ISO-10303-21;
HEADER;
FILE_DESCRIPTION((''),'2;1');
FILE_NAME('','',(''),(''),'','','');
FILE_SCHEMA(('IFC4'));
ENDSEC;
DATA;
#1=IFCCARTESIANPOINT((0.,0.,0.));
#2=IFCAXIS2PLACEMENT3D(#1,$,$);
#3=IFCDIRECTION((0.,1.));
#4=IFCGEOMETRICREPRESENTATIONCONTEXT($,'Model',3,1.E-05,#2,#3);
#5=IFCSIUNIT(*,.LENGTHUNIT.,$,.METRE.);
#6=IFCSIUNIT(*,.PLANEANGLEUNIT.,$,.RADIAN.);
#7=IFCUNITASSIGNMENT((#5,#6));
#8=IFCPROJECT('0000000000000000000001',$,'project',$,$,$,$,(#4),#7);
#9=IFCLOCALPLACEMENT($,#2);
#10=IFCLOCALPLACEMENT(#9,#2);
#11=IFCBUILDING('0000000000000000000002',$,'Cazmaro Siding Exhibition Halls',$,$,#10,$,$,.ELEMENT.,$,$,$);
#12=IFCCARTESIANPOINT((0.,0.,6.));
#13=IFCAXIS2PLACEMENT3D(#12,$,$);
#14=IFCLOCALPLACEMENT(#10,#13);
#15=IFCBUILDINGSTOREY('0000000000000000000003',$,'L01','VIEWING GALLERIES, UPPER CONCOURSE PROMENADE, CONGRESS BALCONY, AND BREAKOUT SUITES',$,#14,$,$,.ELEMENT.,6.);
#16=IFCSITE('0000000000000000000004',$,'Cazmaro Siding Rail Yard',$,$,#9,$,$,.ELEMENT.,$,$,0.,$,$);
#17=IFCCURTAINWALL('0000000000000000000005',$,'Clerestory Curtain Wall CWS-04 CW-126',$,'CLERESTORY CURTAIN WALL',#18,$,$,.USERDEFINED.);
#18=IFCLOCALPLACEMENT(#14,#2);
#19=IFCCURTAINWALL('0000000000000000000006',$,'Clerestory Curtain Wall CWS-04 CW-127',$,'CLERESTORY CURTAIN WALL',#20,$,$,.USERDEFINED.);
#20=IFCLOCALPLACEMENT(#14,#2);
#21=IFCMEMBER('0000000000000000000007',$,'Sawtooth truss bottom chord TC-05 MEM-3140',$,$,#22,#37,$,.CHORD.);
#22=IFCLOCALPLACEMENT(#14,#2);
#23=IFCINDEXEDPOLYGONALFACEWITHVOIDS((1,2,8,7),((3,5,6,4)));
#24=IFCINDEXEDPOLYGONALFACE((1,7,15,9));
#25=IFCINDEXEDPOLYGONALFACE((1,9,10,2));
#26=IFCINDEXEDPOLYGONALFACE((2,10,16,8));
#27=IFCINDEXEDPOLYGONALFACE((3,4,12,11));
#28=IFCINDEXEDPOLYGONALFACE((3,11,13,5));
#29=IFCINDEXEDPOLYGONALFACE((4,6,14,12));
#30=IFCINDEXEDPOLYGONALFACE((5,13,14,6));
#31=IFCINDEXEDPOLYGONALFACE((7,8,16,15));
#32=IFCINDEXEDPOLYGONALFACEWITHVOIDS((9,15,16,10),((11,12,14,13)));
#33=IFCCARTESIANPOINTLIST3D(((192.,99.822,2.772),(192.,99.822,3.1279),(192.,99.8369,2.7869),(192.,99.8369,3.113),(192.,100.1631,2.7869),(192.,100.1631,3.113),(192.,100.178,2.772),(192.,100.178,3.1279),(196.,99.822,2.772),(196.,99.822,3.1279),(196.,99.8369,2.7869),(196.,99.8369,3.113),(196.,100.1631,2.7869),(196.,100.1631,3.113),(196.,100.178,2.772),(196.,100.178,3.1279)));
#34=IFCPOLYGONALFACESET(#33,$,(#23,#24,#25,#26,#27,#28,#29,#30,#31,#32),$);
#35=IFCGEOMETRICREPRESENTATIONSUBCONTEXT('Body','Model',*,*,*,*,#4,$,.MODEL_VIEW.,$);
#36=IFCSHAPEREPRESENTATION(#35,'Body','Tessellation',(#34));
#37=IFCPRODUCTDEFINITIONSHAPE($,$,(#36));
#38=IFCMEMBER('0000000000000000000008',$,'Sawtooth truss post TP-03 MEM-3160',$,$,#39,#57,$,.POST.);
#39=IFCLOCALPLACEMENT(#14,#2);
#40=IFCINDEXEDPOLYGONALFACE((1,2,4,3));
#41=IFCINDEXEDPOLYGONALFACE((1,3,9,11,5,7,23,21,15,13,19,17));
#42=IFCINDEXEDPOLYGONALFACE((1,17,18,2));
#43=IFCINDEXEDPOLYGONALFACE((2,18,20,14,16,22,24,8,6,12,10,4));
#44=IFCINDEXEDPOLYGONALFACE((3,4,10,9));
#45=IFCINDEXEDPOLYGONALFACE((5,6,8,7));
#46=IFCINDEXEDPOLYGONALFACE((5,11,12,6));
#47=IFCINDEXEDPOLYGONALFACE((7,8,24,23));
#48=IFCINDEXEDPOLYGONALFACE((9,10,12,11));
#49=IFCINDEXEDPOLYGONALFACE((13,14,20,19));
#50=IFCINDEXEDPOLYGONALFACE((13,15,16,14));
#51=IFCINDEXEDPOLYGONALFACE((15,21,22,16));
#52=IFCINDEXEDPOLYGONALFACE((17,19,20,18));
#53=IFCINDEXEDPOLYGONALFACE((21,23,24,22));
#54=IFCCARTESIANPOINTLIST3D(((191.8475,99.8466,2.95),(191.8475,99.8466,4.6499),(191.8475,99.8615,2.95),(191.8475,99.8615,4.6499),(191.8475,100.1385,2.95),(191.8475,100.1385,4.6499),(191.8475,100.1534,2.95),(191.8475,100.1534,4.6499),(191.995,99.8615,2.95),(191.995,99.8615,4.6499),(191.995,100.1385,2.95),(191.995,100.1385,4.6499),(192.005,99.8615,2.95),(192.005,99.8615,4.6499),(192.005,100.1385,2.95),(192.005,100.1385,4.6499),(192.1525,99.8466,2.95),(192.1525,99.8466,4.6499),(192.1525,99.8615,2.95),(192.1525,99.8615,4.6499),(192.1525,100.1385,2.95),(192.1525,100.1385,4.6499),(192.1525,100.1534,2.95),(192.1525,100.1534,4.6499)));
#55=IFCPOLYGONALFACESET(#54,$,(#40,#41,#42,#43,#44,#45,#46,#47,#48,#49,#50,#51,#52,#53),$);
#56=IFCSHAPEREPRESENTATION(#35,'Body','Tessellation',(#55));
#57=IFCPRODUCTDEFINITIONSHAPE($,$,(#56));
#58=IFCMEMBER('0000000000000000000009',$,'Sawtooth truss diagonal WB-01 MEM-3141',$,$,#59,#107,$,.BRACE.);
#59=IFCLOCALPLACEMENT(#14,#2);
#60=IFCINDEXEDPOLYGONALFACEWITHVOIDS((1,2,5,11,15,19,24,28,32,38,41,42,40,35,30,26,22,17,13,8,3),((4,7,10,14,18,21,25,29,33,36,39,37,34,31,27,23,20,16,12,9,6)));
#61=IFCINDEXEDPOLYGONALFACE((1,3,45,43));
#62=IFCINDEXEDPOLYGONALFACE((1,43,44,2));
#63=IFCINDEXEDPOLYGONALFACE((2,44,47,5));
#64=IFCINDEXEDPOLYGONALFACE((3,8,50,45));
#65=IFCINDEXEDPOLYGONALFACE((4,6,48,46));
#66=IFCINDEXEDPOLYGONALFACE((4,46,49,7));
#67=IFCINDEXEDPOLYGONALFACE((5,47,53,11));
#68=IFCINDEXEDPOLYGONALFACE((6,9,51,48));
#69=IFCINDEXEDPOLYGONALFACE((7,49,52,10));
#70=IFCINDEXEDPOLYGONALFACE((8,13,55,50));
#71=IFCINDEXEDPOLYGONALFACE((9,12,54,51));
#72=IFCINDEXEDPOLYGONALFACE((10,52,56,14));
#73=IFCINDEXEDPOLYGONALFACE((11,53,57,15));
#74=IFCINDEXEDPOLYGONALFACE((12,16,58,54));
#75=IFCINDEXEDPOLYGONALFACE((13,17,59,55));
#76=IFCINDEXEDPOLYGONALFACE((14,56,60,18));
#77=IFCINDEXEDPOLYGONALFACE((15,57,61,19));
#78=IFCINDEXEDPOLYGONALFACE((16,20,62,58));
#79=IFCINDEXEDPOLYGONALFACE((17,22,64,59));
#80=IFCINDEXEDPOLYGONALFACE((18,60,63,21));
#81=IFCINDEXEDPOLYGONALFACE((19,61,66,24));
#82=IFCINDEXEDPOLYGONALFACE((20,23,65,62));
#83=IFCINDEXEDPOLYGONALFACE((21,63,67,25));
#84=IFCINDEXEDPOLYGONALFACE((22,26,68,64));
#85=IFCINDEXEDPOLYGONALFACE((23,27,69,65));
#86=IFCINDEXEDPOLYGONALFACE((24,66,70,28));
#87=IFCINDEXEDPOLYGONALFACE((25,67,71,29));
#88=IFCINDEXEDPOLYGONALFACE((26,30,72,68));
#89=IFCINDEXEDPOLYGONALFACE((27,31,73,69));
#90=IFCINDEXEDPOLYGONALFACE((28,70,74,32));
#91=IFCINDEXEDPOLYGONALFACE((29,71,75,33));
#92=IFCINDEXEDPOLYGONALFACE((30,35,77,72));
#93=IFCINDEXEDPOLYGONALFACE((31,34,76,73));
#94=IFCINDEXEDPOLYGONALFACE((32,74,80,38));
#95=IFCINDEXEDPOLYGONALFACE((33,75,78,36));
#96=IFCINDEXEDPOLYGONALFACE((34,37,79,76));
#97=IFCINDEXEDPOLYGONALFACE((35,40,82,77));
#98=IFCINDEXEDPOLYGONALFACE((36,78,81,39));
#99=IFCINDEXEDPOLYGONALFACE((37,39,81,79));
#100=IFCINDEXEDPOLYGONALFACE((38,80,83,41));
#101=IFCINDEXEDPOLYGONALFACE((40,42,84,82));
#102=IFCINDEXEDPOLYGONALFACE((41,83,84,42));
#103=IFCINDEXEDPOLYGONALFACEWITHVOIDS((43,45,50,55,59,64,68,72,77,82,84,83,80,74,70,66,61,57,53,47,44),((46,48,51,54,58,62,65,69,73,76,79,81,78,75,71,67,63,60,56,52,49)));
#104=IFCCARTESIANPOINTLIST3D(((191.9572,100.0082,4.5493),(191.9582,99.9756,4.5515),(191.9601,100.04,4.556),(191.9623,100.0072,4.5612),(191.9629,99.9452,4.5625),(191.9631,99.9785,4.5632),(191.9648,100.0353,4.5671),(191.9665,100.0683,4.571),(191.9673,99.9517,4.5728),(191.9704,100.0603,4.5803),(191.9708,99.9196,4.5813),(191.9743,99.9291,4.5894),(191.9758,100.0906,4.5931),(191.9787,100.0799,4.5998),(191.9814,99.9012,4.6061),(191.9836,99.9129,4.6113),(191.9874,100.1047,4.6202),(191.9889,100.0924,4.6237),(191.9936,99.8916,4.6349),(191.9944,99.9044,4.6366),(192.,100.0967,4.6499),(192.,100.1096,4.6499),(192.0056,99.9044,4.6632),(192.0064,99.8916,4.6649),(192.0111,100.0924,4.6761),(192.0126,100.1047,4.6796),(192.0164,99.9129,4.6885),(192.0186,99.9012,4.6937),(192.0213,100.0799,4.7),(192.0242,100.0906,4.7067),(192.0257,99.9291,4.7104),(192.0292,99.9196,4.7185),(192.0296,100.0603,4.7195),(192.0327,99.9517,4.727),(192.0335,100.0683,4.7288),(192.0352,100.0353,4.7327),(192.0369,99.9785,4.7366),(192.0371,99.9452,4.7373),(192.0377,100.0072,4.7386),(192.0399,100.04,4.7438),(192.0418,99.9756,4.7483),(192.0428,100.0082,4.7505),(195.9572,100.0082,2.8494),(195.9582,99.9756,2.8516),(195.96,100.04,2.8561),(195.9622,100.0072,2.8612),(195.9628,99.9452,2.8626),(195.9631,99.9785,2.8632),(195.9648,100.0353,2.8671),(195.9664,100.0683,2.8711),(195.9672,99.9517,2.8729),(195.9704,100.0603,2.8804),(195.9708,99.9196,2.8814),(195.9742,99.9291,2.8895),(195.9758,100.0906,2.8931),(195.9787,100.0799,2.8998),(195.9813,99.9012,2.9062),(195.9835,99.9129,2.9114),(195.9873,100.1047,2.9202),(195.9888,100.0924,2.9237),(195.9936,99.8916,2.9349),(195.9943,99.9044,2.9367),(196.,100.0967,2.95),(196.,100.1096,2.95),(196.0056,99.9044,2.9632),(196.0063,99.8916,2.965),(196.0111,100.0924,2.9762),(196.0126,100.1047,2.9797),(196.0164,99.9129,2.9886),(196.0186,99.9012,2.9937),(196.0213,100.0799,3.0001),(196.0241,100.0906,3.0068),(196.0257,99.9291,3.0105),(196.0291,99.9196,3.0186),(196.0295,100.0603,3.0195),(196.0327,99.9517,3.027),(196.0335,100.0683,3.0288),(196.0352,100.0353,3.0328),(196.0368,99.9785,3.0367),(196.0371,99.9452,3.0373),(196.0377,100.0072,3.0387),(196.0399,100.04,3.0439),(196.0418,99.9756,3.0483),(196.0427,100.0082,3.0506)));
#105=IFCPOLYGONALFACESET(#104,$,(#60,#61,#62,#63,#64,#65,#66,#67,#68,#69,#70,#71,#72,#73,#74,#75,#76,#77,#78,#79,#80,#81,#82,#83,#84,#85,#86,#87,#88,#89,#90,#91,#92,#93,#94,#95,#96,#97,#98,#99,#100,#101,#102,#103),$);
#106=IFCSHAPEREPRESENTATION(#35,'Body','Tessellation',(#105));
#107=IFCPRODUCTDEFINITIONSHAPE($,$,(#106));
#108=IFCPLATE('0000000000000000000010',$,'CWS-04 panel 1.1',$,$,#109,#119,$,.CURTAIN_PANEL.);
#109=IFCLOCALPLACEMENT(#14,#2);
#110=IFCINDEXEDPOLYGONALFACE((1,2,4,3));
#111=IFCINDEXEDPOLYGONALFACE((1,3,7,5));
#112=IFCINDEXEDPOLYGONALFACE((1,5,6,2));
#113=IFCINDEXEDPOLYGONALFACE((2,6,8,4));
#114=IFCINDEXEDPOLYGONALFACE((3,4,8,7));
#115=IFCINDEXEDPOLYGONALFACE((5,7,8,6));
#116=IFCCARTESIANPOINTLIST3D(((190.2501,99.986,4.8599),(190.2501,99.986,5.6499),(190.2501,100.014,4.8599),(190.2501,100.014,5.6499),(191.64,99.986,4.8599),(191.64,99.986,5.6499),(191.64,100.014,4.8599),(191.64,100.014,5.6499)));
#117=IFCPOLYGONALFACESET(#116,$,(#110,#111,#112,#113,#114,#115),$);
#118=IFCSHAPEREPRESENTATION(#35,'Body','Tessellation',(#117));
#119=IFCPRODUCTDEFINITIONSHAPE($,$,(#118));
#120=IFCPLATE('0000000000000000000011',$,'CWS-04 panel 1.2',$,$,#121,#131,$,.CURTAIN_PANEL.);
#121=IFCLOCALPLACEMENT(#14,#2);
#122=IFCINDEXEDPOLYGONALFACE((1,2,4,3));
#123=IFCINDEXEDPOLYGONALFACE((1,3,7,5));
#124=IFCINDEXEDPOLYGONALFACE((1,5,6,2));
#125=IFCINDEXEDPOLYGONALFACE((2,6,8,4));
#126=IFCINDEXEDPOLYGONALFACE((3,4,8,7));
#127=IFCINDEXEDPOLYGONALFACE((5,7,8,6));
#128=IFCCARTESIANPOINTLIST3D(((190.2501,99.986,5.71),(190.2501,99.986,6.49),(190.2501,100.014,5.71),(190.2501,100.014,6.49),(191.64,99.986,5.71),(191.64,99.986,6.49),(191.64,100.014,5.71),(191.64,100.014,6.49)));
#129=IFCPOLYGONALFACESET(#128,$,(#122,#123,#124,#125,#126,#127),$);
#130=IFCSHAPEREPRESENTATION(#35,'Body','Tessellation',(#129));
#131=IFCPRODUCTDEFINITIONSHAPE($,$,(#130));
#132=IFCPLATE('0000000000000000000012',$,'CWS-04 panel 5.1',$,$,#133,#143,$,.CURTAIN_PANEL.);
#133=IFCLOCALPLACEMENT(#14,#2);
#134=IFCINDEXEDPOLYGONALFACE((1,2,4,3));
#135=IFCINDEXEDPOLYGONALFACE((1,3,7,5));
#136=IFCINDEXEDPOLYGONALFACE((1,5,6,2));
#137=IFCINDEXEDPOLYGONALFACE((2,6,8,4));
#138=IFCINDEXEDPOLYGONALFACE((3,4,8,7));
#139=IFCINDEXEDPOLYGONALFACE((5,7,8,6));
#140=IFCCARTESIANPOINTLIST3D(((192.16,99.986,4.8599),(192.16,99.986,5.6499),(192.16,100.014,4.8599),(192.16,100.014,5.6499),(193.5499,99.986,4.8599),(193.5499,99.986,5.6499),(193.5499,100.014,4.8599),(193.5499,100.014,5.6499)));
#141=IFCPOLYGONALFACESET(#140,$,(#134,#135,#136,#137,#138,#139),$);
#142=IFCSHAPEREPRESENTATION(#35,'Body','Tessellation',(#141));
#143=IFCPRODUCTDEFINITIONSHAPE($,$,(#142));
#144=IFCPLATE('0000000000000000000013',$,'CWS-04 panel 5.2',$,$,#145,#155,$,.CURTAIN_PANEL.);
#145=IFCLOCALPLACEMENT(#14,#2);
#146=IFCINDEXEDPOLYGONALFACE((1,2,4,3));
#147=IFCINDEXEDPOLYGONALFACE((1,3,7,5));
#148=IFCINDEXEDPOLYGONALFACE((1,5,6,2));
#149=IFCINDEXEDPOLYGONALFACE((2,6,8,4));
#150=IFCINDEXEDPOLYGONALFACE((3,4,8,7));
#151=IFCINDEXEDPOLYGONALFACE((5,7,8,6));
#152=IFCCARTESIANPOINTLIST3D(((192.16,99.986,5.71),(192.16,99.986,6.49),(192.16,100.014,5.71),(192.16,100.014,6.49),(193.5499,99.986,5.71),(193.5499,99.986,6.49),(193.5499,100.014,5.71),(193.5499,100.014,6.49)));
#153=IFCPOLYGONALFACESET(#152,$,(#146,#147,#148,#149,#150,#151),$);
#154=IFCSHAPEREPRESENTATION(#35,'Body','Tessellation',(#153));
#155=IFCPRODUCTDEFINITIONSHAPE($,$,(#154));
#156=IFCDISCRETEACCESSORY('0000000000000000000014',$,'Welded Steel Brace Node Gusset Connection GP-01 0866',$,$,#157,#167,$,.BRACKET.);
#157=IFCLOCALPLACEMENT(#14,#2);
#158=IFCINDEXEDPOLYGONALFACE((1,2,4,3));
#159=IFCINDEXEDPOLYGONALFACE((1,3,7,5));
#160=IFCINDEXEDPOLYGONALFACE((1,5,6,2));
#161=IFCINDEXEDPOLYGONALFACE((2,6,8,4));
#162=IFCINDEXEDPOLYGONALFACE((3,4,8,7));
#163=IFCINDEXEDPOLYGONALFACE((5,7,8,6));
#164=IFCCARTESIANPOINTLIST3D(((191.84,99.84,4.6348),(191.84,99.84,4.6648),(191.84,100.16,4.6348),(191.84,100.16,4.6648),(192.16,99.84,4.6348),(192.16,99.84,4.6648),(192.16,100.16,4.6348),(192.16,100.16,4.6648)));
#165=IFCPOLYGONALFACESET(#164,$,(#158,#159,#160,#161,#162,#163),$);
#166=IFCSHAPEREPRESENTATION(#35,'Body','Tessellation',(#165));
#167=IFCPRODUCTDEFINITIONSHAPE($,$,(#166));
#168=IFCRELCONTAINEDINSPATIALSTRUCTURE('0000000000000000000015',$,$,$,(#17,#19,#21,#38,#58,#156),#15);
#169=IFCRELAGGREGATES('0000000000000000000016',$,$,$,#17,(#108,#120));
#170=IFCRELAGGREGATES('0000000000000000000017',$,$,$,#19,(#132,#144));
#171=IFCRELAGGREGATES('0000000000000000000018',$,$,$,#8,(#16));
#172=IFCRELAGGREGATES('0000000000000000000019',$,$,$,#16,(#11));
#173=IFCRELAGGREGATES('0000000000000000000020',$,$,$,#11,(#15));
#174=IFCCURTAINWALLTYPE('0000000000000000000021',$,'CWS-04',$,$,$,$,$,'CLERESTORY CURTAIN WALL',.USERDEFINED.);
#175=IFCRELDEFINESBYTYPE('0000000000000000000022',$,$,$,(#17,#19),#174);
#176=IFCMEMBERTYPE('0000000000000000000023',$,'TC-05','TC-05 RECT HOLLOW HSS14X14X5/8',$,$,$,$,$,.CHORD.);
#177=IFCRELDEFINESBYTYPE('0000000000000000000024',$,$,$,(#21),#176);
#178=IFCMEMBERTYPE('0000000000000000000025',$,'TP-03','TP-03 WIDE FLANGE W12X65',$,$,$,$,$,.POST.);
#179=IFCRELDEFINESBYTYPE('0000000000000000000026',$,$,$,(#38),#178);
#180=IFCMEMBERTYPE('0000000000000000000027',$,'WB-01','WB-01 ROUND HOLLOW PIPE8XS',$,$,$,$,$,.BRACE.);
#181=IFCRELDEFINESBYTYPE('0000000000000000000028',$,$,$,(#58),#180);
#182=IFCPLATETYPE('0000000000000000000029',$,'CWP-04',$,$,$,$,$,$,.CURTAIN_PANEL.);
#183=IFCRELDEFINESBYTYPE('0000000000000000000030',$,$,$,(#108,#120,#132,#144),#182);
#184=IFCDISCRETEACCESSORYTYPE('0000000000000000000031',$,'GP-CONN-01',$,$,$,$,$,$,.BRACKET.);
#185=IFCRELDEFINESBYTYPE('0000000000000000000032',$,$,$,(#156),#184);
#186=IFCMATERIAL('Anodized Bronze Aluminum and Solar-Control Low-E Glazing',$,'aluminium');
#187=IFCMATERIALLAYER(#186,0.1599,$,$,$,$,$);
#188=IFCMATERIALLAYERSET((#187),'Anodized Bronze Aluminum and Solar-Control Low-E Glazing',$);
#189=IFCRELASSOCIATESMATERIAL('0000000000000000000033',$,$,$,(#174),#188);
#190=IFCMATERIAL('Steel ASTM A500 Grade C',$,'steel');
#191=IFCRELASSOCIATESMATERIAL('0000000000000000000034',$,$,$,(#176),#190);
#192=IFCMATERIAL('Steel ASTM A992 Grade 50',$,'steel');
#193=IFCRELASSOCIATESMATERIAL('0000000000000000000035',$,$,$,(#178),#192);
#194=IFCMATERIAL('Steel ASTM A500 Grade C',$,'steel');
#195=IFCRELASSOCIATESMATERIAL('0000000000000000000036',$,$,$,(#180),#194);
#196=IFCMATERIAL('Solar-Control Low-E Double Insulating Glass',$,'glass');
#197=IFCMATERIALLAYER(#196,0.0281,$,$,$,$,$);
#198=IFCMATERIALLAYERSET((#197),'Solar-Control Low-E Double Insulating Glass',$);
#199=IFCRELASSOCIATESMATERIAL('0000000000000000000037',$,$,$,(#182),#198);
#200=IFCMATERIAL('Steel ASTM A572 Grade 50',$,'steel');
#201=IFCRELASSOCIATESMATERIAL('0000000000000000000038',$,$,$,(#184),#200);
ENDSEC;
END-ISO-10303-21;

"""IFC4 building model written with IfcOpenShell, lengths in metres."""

from ifc_helpers import new_model, si_unit, direction, frame, origin, origin_2d, place, context, subcontext, project, spatial, rectangle, hollow_rectangle, hollow_circle, i_section, extrude, material, layer, layer_set, material_profile, profile_set, type_object, element, aggregate, save


model = new_model("IFC4")

# Units and contexts
model_context = context("Model", 3, precision=1e-05, world=origin(), true_north=direction((0.0, 1.0)))
body_context = subcontext(model_context, "Body", "Model", "MODEL_VIEW")
ifc_project = project(units=[si_unit("LENGTHUNIT", "METRE"), si_unit("PLANEANGLEUNIT", "RADIAN")], contexts=[model_context])

# Site, building, storey
site_placement = place(None, origin())
site = spatial("IfcSite", under=ifc_project, at=site_placement, Name="Cazmaro Siding Rail Yard", CompositionType="ELEMENT", RefElevation=0.0)
building_placement = place(site_placement, origin())
building = spatial("IfcBuilding", under=site, at=building_placement, Name="Cazmaro Siding Exhibition Halls", CompositionType="ELEMENT")
storey_placement = place(building_placement, frame((0.0, 0.0, 6.0)))
storey = spatial("IfcBuildingStorey", under=building, at=storey_placement, Name="L01", Description="VIEWING GALLERIES, UPPER CONCOURSE PROMENADE, CONGRESS BALCONY, AND BREAKOUT SUITES", CompositionType="ELEMENT", Elevation=6.0)

# Curtain walls
ifc_material_1 = material(Name="Anodized Bronze Aluminum and Solar-Control Low-E Glazing", Category="aluminium")
ifc_layer_1 = layer(ifc_material_1, 0.1599)
ifc_layer_set_1 = layer_set([ifc_layer_1], Name="Anodized Bronze Aluminum and Solar-Control Low-E Glazing")
curtain_wall_type = type_object("IfcCurtainWallType", Name="CWS-04", ElementType="CLERESTORY CURTAIN WALL", PredefinedType="USERDEFINED", material=ifc_layer_set_1)
curtain_wall_1_placement = place(storey_placement, origin())
curtain_wall_1 = element("IfcCurtainWall", 1, at=curtain_wall_1_placement, inside=storey, type_object=curtain_wall_type, Name="Clerestory Curtain Wall CWS-04 CW-126", ObjectType="CLERESTORY CURTAIN WALL", PredefinedType="USERDEFINED")
curtain_wall_2_placement = place(storey_placement, origin())
curtain_wall_2 = element("IfcCurtainWall", 2, at=curtain_wall_2_placement, inside=storey, type_object=curtain_wall_type, Name="Clerestory Curtain Wall CWS-04 CW-127", ObjectType="CLERESTORY CURTAIN WALL", PredefinedType="USERDEFINED")

# Members
ifc_material_2 = material(Name="Steel ASTM A500 Grade C", Category="steel")
ifc_material_profile_1 = material_profile(ifc_material_2, hollow_rectangle(XDim=0.356, YDim=0.356, WallThickness=0.0149, at=origin_2d()), Name="HSS14X14X5/8")
ifc_profile_set_1 = profile_set([ifc_material_profile_1], Name="Steel ASTM A500 Grade C")
member_type_1 = type_object("IfcMemberType", Name="TC-05", Description="TC-05 RECT HOLLOW HSS14X14X5/8", PredefinedType="CHORD", material=ifc_profile_set_1)
member_1_placement = place(storey_placement, frame((192.0, 100.0, 2.95), z_axis=(1.0, 0.0, 0.0), x_axis=(0.0, 1.0, 0.0)))
element("IfcMember", 3, at=member_1_placement, inside=storey, type_object=member_type_1, Name="Sawtooth truss bottom chord TC-05 MEM-3140", PredefinedType="CHORD", context=body_context, shape_type="SweptSolid", body=[
    extrude(hollow_rectangle(XDim=0.356, YDim=0.356, WallThickness=0.0149, at=origin_2d()), origin(), (0.0, 0.0, 1.0), 4.0),
])
ifc_material_3 = material(Name="Steel ASTM A992 Grade 50", Category="steel")
ifc_material_profile_2 = material_profile(ifc_material_3, i_section(OverallWidth=0.3049, OverallDepth=0.3069, WebThickness=0.01, FlangeThickness=0.0149, at=origin_2d()), Name="W12X65")
ifc_profile_set_2 = profile_set([ifc_material_profile_2], Name="Steel ASTM A992 Grade 50")
member_type_2 = type_object("IfcMemberType", Name="TP-03", Description="TP-03 WIDE FLANGE W12X65", PredefinedType="POST", material=ifc_profile_set_2)
member_2_placement = place(storey_placement, frame((192.0, 100.0, 2.95), z_axis=(0.0, 0.0, 1.0), x_axis=(1.0, 0.0, 0.0)))
element("IfcMember", 4, at=member_2_placement, inside=storey, type_object=member_type_2, Name="Sawtooth truss post TP-03 MEM-3160", PredefinedType="POST", context=body_context, shape_type="SweptSolid", body=[
    extrude(i_section(OverallWidth=0.3049, OverallDepth=0.3069, WebThickness=0.01, FlangeThickness=0.0149, at=origin_2d()), origin(), (0.0, 0.0, 1.0), 1.7),
])
ifc_material_4 = material(Name="Steel ASTM A500 Grade C", Category="steel")
ifc_material_profile_3 = material_profile(ifc_material_4, hollow_circle(Radius=0.1096, WallThickness=0.0129, at=origin_2d()), Name="PIPE8XS")
ifc_profile_set_3 = profile_set([ifc_material_profile_3], Name="Steel ASTM A500 Grade C")
member_type_3 = type_object("IfcMemberType", Name="WB-01", Description="WB-01 ROUND HOLLOW PIPE8XS", PredefinedType="BRACE", material=ifc_profile_set_3)
member_3_placement = place(storey_placement, frame((192.0, 100.0, 4.6499), z_axis=(0.920335, 0.0, -0.391131), x_axis=(0.0, 1.0, 0.0)))
element("IfcMember", 5, at=member_3_placement, inside=storey, type_object=member_type_3, Name="Sawtooth truss diagonal WB-01 MEM-3141", PredefinedType="BRACE", context=body_context, shape_type="SweptSolid", body=[
    extrude(hollow_circle(Radius=0.1096, WallThickness=0.0129, at=origin_2d()), origin(), (0.0, 0.0, 1.0), 4.3462),
])

# Plates
ifc_material_5 = material(Name="Solar-Control Low-E Double Insulating Glass", Category="glass")
ifc_layer_2 = layer(ifc_material_5, 0.0281)
ifc_layer_set_2 = layer_set([ifc_layer_2], Name="Solar-Control Low-E Double Insulating Glass")
plate_type = type_object("IfcPlateType", Name="CWP-04", PredefinedType="CURTAIN_PANEL", material=ifc_layer_set_2)
plate_1_placement = place(storey_placement, frame((190.9451, 100.0, 4.8599), z_axis=(0.0, 0.0, 1.0), x_axis=(-1.0, 0.0, 0.0)))
plate_1 = element("IfcPlate", 6, at=plate_1_placement, type_object=plate_type, Name="CWS-04 panel 1.1", PredefinedType="CURTAIN_PANEL", context=body_context, shape_type="SweptSolid", body=[
    extrude(rectangle(XDim=1.3899, YDim=0.0281, at=origin_2d()), origin(), (0.0, 0.0, 1.0), 0.79),
])
plate_2_placement = place(storey_placement, frame((190.9451, 100.0, 5.71), z_axis=(0.0, 0.0, 1.0), x_axis=(-1.0, 0.0, 0.0)))
plate_2 = element("IfcPlate", 7, at=plate_2_placement, type_object=plate_type, Name="CWS-04 panel 1.2", PredefinedType="CURTAIN_PANEL", context=body_context, shape_type="SweptSolid", body=[
    extrude(rectangle(XDim=1.3899, YDim=0.0281, at=origin_2d()), origin(), (0.0, 0.0, 1.0), 0.78),
])
aggregate(curtain_wall_1, [plate_1, plate_2])
plate_3_placement = place(storey_placement, frame((192.855, 100.0, 4.8599), z_axis=(0.0, 0.0, 1.0), x_axis=(-1.0, 0.0, 0.0)))
plate_3 = element("IfcPlate", 8, at=plate_3_placement, type_object=plate_type, Name="CWS-04 panel 5.1", PredefinedType="CURTAIN_PANEL", context=body_context, shape_type="SweptSolid", body=[
    extrude(rectangle(XDim=1.3899, YDim=0.0281, at=origin_2d()), origin(), (0.0, 0.0, 1.0), 0.79),
])
plate_4_placement = place(storey_placement, frame((192.855, 100.0, 5.71), z_axis=(0.0, 0.0, 1.0), x_axis=(-1.0, 0.0, 0.0)))
plate_4 = element("IfcPlate", 9, at=plate_4_placement, type_object=plate_type, Name="CWS-04 panel 5.2", PredefinedType="CURTAIN_PANEL", context=body_context, shape_type="SweptSolid", body=[
    extrude(rectangle(XDim=1.3899, YDim=0.0281, at=origin_2d()), origin(), (0.0, 0.0, 1.0), 0.78),
])
aggregate(curtain_wall_2, [plate_3, plate_4])

# Discrete accessory
ifc_material_6 = material(Name="Steel ASTM A572 Grade 50", Category="steel")
discrete_accessory_type = type_object("IfcDiscreteAccessoryType", Name="GP-CONN-01", PredefinedType="BRACKET", material=ifc_material_6)
discrete_accessory_placement = place(storey_placement, frame((192.0, 100.0, 4.6348), z_axis=(0.0, 0.0, 1.0), x_axis=(1.0, 0.0, 0.0)))
element("IfcDiscreteAccessory", 10, at=discrete_accessory_placement, inside=storey, type_object=discrete_accessory_type, Name="Welded Steel Brace Node Gusset Connection GP-01 0866", PredefinedType="BRACKET", context=body_context, shape_type="SweptSolid", body=[
    extrude(rectangle(XDim=0.3201, YDim=0.3201, at=origin_2d()), origin(), (0.0, 0.0, 1.0), 0.03),
])

save(model, "model.ifc")
